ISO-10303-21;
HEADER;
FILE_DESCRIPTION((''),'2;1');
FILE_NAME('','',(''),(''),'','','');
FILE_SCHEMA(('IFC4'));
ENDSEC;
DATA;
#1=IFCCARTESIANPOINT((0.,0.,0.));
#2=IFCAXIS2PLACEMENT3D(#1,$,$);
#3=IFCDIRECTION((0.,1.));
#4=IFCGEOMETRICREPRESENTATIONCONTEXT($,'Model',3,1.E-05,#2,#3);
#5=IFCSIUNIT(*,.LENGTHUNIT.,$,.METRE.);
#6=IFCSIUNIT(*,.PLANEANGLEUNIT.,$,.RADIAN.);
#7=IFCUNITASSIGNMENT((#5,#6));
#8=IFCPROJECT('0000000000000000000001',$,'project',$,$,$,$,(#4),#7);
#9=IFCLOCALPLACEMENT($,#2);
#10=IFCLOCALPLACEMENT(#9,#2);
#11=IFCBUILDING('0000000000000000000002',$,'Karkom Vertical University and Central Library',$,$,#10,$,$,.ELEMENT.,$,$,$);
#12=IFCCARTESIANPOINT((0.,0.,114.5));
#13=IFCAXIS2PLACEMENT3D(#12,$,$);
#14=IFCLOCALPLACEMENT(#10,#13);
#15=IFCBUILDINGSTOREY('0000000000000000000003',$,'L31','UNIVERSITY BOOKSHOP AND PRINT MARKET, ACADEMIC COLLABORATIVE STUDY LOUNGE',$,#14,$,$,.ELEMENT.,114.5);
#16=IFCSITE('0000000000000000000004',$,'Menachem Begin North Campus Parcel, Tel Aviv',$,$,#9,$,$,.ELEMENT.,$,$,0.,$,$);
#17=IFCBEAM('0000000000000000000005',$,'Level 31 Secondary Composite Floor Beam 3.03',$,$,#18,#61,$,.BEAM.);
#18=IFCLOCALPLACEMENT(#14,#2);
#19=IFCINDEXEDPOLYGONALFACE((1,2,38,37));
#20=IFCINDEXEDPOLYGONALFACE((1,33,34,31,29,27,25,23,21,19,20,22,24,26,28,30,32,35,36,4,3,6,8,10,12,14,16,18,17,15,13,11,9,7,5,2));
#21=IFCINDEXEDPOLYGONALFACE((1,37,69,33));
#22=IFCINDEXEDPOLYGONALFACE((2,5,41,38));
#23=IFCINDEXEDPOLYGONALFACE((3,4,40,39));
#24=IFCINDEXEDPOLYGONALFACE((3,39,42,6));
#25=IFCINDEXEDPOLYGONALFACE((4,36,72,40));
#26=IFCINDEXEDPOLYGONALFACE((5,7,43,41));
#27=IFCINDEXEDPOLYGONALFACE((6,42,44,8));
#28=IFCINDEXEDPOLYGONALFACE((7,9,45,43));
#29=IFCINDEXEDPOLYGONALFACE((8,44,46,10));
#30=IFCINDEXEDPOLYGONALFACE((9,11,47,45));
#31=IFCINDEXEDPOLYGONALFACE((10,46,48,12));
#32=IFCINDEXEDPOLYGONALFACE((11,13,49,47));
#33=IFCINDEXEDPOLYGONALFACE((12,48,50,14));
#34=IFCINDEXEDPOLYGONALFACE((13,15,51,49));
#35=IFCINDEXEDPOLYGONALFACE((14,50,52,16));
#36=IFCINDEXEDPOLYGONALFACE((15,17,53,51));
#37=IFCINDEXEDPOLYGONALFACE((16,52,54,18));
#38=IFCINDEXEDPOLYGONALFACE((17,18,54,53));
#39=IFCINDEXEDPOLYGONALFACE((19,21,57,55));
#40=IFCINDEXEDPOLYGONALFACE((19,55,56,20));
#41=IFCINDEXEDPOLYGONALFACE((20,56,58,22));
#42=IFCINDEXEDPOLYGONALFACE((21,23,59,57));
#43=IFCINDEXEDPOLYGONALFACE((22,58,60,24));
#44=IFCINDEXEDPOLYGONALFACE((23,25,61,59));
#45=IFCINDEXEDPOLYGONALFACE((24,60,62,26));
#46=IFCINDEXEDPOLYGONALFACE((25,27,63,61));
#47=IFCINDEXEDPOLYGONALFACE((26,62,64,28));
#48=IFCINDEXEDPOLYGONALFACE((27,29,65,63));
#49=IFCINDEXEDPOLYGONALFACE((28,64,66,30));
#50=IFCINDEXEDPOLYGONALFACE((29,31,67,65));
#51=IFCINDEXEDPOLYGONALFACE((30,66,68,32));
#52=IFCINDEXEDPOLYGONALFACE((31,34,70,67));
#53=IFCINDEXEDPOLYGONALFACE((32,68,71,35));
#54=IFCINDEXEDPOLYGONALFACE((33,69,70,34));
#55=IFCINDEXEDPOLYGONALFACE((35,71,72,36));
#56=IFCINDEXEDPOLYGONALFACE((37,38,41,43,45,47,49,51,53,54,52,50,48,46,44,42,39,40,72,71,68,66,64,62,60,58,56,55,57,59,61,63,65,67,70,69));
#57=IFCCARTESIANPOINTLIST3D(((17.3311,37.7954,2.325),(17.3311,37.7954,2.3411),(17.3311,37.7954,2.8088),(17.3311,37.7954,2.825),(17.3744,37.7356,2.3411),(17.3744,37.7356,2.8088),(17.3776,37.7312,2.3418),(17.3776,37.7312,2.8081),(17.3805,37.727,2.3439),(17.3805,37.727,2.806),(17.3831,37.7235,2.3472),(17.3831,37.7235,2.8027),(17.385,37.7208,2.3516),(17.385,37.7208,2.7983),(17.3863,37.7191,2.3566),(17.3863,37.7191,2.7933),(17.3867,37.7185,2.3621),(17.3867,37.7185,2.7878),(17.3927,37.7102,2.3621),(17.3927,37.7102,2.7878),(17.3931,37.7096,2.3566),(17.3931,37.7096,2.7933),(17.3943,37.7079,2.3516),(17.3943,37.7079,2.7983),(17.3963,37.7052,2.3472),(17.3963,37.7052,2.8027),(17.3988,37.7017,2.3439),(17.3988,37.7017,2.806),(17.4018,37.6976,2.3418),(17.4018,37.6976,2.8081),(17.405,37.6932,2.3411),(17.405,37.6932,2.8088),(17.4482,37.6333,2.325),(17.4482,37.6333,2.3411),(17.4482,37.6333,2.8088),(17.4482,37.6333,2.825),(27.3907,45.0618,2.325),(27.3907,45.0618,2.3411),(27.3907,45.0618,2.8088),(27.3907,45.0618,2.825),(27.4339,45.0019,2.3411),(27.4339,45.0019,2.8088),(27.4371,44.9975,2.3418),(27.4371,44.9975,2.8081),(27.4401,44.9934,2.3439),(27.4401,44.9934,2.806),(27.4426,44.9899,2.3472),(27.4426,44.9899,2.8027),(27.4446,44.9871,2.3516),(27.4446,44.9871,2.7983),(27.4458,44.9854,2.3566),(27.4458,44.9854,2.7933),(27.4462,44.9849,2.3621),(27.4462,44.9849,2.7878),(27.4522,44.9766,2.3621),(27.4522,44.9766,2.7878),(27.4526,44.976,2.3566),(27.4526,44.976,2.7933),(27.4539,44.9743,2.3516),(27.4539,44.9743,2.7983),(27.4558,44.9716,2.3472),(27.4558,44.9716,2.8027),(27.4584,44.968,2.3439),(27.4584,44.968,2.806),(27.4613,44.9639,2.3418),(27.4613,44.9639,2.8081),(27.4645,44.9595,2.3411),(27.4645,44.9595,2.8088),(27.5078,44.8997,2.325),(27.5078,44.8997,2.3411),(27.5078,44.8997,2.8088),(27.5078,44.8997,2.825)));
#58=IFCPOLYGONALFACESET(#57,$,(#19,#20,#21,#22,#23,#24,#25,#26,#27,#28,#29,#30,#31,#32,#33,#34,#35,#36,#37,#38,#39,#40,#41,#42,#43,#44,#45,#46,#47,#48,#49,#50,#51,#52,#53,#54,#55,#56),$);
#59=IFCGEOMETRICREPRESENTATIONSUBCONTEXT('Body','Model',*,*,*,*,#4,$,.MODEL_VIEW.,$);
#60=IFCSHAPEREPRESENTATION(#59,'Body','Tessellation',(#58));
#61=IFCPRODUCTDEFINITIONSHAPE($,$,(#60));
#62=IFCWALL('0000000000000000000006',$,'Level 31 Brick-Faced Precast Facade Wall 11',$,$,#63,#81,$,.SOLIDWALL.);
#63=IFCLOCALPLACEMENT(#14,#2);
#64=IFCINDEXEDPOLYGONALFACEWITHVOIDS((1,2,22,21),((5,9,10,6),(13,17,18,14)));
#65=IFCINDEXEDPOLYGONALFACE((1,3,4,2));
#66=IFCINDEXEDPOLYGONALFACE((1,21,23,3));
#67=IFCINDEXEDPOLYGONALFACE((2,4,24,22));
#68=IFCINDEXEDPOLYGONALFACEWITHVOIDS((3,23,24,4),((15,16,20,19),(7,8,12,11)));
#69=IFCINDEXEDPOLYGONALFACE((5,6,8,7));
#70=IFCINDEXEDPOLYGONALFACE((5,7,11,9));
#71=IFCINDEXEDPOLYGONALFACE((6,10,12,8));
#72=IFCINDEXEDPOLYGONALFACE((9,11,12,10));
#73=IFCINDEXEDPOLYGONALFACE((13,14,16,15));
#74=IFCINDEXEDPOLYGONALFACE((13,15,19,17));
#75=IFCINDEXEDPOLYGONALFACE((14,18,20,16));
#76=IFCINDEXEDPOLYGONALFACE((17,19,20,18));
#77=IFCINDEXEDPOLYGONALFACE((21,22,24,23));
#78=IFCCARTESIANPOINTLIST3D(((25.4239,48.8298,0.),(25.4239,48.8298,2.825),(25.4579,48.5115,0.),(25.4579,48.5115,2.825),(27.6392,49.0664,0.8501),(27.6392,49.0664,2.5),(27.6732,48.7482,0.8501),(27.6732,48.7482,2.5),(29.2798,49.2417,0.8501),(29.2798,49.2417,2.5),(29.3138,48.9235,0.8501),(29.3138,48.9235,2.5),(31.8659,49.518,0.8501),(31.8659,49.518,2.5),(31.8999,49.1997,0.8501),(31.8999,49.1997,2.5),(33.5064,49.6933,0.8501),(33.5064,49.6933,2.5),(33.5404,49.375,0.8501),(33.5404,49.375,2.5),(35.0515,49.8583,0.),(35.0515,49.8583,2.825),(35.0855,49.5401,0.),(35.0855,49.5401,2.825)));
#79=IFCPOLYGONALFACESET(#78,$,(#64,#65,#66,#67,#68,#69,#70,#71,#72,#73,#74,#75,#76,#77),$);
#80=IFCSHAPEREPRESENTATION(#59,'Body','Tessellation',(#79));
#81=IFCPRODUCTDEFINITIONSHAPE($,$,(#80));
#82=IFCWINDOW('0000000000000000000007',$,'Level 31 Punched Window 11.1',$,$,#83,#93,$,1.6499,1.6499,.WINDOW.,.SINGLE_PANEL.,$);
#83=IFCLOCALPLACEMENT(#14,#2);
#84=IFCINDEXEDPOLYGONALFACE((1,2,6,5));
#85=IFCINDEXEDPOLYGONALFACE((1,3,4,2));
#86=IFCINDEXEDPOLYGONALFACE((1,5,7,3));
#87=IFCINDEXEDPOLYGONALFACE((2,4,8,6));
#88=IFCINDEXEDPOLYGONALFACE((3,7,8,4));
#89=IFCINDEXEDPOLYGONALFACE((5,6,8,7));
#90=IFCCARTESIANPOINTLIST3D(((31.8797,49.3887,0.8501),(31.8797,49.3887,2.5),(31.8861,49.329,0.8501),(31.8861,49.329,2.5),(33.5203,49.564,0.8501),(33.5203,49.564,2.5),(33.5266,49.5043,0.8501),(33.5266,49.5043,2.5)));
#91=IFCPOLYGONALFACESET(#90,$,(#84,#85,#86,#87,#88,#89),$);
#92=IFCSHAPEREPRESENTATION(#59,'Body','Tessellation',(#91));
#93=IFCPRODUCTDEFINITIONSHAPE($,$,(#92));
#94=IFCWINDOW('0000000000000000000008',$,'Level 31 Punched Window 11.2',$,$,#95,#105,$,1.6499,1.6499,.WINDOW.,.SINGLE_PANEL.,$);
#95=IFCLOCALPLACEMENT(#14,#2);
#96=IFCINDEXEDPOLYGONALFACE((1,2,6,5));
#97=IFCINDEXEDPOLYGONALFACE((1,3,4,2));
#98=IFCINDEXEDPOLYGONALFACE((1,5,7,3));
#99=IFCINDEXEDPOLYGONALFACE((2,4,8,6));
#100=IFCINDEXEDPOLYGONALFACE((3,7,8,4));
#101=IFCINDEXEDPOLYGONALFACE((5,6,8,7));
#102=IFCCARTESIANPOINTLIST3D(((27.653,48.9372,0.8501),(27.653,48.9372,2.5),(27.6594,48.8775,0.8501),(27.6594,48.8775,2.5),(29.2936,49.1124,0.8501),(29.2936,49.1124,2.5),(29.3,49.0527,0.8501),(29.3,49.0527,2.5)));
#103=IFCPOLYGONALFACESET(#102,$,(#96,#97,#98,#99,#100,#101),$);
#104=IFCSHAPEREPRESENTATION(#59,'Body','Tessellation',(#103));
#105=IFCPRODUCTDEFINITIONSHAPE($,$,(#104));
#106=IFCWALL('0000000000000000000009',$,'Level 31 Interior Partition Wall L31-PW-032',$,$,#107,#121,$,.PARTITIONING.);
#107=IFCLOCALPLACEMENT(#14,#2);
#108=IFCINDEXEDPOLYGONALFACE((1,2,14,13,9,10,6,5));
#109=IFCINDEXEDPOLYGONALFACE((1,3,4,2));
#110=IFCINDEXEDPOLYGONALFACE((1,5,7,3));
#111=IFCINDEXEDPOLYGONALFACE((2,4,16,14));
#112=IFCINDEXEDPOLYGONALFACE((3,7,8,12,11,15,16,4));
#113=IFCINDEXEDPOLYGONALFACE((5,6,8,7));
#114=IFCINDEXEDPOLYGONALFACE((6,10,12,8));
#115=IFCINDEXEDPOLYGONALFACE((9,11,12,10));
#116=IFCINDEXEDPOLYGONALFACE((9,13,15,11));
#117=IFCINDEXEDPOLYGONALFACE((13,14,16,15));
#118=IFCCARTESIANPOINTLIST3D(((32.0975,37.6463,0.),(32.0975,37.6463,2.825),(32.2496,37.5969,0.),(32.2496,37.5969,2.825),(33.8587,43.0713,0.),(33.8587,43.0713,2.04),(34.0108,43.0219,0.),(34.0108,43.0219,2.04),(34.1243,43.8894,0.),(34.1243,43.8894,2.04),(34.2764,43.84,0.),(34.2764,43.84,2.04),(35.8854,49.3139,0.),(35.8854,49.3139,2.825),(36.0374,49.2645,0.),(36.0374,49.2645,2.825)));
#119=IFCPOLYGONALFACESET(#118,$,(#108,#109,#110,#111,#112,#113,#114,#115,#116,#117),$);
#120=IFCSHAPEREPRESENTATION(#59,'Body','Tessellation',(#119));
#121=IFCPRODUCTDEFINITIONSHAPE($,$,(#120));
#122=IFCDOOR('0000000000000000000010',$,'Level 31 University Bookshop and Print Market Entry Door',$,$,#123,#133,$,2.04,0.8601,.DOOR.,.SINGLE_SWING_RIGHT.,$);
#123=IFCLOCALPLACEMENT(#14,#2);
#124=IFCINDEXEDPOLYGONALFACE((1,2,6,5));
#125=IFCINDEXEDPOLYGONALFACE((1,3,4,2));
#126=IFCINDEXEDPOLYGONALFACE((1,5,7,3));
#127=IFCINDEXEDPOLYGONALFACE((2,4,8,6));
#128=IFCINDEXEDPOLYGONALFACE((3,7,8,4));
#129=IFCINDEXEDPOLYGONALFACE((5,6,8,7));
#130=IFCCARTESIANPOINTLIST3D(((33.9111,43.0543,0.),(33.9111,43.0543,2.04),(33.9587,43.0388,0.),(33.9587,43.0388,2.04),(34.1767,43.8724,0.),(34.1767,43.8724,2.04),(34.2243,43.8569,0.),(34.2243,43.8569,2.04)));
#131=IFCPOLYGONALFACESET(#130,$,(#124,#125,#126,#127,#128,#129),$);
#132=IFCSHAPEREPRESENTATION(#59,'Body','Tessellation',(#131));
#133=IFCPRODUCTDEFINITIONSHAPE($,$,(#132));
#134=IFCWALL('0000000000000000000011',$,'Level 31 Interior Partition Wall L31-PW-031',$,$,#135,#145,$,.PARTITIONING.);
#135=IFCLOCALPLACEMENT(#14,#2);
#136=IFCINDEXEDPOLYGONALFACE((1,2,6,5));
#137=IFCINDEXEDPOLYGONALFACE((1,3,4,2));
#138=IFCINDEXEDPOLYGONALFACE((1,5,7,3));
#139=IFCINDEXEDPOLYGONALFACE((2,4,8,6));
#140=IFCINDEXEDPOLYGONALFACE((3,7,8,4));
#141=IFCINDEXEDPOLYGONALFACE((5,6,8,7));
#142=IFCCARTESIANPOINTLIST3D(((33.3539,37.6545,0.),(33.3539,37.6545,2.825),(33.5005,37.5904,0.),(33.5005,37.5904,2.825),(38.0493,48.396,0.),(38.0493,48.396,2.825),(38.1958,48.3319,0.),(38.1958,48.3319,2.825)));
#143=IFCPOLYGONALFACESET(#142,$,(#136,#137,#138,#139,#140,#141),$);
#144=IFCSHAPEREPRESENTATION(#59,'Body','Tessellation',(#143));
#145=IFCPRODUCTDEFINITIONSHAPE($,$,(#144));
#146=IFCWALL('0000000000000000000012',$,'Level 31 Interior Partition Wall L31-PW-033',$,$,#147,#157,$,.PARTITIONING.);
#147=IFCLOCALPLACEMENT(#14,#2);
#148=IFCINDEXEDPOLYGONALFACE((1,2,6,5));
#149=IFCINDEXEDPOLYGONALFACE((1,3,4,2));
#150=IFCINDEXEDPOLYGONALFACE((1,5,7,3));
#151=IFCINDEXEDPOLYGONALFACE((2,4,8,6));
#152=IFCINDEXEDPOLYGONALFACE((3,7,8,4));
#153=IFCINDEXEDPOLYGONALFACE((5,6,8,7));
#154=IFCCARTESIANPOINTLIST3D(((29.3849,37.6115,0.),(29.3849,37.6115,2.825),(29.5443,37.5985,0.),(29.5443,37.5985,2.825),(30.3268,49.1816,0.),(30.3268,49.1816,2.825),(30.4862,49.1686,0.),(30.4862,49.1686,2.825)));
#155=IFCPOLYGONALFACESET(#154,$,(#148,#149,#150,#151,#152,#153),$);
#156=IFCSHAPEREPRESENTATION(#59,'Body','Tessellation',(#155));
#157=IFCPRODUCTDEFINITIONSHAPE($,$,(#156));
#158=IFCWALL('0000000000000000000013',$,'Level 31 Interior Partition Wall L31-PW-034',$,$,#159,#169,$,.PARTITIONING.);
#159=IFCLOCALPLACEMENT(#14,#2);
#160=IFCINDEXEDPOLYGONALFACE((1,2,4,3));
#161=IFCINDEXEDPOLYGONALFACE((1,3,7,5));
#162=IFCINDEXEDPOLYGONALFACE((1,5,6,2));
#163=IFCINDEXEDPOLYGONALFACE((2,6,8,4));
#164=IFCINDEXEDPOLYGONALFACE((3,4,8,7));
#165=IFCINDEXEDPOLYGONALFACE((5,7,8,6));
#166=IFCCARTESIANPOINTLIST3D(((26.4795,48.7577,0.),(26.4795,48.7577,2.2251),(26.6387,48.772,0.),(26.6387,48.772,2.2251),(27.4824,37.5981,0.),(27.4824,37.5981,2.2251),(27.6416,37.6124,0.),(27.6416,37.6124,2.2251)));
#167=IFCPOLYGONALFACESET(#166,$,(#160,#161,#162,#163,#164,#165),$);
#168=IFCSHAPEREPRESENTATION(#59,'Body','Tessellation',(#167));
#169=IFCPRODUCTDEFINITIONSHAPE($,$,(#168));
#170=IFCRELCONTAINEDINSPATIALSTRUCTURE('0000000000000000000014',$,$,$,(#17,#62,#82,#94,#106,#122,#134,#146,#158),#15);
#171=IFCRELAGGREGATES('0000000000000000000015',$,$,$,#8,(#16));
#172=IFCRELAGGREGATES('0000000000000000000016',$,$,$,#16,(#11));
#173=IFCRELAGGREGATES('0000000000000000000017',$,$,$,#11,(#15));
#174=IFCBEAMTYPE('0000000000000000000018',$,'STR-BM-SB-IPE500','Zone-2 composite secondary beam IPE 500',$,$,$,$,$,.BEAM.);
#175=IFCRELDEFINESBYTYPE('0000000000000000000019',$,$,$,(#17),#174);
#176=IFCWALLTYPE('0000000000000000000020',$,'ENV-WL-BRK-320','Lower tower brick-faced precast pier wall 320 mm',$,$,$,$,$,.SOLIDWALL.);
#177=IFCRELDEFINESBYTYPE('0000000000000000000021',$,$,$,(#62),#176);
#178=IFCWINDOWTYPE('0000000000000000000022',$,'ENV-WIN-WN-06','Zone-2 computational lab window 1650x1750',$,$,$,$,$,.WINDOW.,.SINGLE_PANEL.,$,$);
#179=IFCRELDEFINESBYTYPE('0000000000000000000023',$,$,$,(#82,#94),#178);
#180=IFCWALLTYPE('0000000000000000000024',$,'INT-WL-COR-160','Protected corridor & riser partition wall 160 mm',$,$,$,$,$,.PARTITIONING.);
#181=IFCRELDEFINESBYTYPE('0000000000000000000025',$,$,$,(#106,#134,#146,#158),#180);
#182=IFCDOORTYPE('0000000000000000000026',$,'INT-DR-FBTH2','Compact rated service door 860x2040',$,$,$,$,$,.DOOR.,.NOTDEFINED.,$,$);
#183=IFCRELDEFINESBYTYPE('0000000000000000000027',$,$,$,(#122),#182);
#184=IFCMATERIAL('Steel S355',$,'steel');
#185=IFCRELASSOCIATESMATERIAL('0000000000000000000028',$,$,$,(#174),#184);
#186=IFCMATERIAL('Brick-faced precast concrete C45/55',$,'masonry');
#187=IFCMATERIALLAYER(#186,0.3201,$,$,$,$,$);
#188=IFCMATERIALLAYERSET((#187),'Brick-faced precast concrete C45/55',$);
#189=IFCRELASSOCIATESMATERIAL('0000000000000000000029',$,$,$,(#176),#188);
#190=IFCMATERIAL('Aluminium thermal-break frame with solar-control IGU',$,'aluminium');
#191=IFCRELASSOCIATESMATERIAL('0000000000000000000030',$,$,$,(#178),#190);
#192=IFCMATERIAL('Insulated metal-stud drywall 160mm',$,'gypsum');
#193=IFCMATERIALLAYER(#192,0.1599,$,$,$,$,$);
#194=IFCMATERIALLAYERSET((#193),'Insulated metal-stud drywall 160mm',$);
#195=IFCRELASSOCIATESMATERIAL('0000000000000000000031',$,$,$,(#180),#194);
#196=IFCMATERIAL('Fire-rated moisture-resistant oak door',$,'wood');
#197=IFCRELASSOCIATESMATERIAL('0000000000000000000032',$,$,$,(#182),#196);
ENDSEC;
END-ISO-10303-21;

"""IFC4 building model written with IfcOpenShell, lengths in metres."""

from ifc_helpers import new_model, si_unit, direction, frame, frame_2d, origin, origin_with_axes, origin_2d, place, context, subcontext, project, spatial, rectangle, i_section, extrude, source, transform, mapped, material, layer, layer_set, material_profile, profile_set, type_object, element, fill, save


model = new_model("IFC4")

# Units and contexts
model_context = context("Model", 3, precision=1e-05, world=origin(), true_north=direction((0.0, 1.0)))
body_context = subcontext(model_context, "Body", "Model", "MODEL_VIEW")
ifc_project = project(units=[si_unit("LENGTHUNIT", "METRE"), si_unit("PLANEANGLEUNIT", "RADIAN")], contexts=[model_context])

# Site, building, storey
site_placement = place(None, origin())
site = spatial("IfcSite", under=ifc_project, at=site_placement, Name="Menachem Begin North Campus Parcel, Tel Aviv", CompositionType="ELEMENT", RefElevation=0.0)
building_placement = place(site_placement, origin())
building = spatial("IfcBuilding", under=site, at=building_placement, Name="Karkom Vertical University and Central Library", CompositionType="ELEMENT")
storey_placement = place(building_placement, frame((0.0, 0.0, 114.5)))
storey = spatial("IfcBuildingStorey", under=building, at=storey_placement, Name="L31", Description="UNIVERSITY BOOKSHOP AND PRINT MARKET, ACADEMIC COLLABORATIVE STUDY LOUNGE", CompositionType="ELEMENT", Elevation=114.5)

# Beam
ifc_material_1 = material(Name="Steel S355", Category="steel")
ifc_material_profile_1 = material_profile(ifc_material_1, i_section(OverallWidth=0.2, OverallDepth=0.5, WebThickness=0.0103, FlangeThickness=0.0161, FilletRadius=0.021, at=origin_2d()), Name="IPE 500")
ifc_profile_set_1 = profile_set([ifc_material_profile_1], Name="Steel S355")
beam_type_1 = type_object("IfcBeamType", Name="STR-BM-SB-IPE500", Description="Zone-2 composite secondary beam IPE 500", PredefinedType="BEAM", material=ifc_profile_set_1)
shared_shape_1 = source(origin_with_axes(), body_context, "Body", "SweptSolid", [
    extrude(i_section(OverallWidth=0.2, OverallDepth=0.5, WebThickness=0.0103, FlangeThickness=0.0161, FilletRadius=0.021, at=origin_2d()), origin(), (0.0, 0.0, 1.0), 12.4094),
])
beam_1_placement = place(storey_placement, frame((27.4492, 44.9807, 2.575), z_axis=(-0.810637, -0.585549, 0.0), x_axis=(0.585549, -0.810637, 0.0)))
element("IfcBeam", 1, at=beam_1_placement, inside=storey, type_object=beam_type_1, Name="Level 31 Secondary Composite Floor Beam 3.03", PredefinedType="BEAM", context=body_context, shape_type="MappedRepresentation", body=[
    mapped(shared_shape_1, transform((0.0, 0.0, 0.0), scale=1.0)),
])

# Wall, openings, windows
ifc_material_2 = material(Name="Brick-faced precast concrete C45/55", Category="masonry")
ifc_layer_1 = layer(ifc_material_2, 0.3201)
ifc_layer_set_1 = layer_set([ifc_layer_1], Name="Brick-faced precast concrete C45/55")
wall_type_1 = type_object("IfcWallType", Name="ENV-WL-BRK-320", Description="Lower tower brick-faced precast pier wall 320 mm", PredefinedType="SOLIDWALL", material=ifc_layer_set_1)
wall_1_placement = place(storey_placement, frame((35.0686, 49.6992, 0.0), z_axis=(0.0, 0.0, 1.0), x_axis=(-0.994342, -0.10623, 0.0)))
wall_1 = element("IfcWall", 2, at=wall_1_placement, inside=storey, type_object=wall_type_1, Name="Level 31 Brick-Faced Precast Facade Wall 11", PredefinedType="SOLIDWALL", context=body_context, shape_type="SweptSolid", body=[
    extrude(rectangle(XDim=9.6824, YDim=0.3201, at=frame_2d((4.8413, 0.0))), origin(), (0.0, 0.0, 1.0), 2.825),
])
opening_1_placement = place(wall_1_placement, frame((1.554, 0.0, 0.8501)))
opening_1 = element("IfcOpeningElement", 3, at=opening_1_placement, cuts=wall_1, PredefinedType="OPENING", context=body_context, shape_type="SweptSolid", body=[
    extrude(rectangle(XDim=1.6499, YDim=1.6499, at=frame_2d((0.825, 0.825))), frame((0.0, 0.1699, 0.0), z_axis=(0.0, -1.0, 0.0), x_axis=(1.0, 0.0, 0.0)), (0.0, 0.0, 1.0), 0.3401),
])
opening_2_placement = place(wall_1_placement, frame((5.8047, 0.0, 0.8501)))
opening_2 = element("IfcOpeningElement", 4, at=opening_2_placement, cuts=wall_1, PredefinedType="OPENING", context=body_context, shape_type="SweptSolid", body=[
    extrude(rectangle(XDim=1.6499, YDim=1.6499, at=frame_2d((0.825, 0.825))), frame((0.0, 0.1699, 0.0), z_axis=(0.0, -1.0, 0.0), x_axis=(1.0, 0.0, 0.0)), (0.0, 0.0, 1.0), 0.3401),
])
ifc_material_3 = material(Name="Aluminium thermal-break frame with solar-control IGU", Category="aluminium")
window_type = type_object("IfcWindowType", Name="ENV-WIN-WN-06", Description="Zone-2 computational lab window 1650x1750", PartitioningType="SINGLE_PANEL", PredefinedType="WINDOW", material=ifc_material_3)
shared_shape_2 = source(origin_with_axes(), body_context, "Body", "SweptSolid", [
    extrude(rectangle(XDim=1.6499, YDim=1.6499, at=frame_2d((0.825, 0.825))), frame((0.0, 0.03, 0.0), z_axis=(0.0, -1.0, 0.0), x_axis=(1.0, 0.0, 0.0)), (0.0, 0.0, 1.0), 0.0601),
])
window_1_placement = place(opening_1_placement, origin())
window_1 = element("IfcWindow", 5, at=window_1_placement, inside=storey, type_object=window_type, Name="Level 31 Punched Window 11.1", OverallHeight=1.6499, OverallWidth=1.6499, PartitioningType="SINGLE_PANEL", PredefinedType="WINDOW", context=body_context, shape_type="MappedRepresentation", body=[
    mapped(shared_shape_2, transform((0.0, 0.0, 0.0), scale=1.0)),
])
fill(opening_1, window_1)
window_2_placement = place(opening_2_placement, origin())
window_2 = element("IfcWindow", 6, at=window_2_placement, inside=storey, type_object=window_type, Name="Level 31 Punched Window 11.2", OverallHeight=1.6499, OverallWidth=1.6499, PartitioningType="SINGLE_PANEL", PredefinedType="WINDOW", context=body_context, shape_type="MappedRepresentation", body=[
    mapped(shared_shape_2, transform((0.0, 0.0, 0.0), scale=1.0)),
])
fill(opening_2, window_2)

# Wall, opening, door
ifc_material_4 = material(Name="Insulated metal-stud drywall 160mm", Category="gypsum")
ifc_layer_2 = layer(ifc_material_4, 0.1599)
ifc_layer_set_2 = layer_set([ifc_layer_2], Name="Insulated metal-stud drywall 160mm")
wall_type_2 = type_object("IfcWallType", Name="INT-WL-COR-160", Description="Protected corridor & riser partition wall 160 mm", PredefinedType="PARTITIONING", material=ifc_layer_set_2)
wall_2_placement = place(storey_placement, frame((32.1736, 37.6216, 0.0), z_axis=(0.0, 0.0, 1.0), x_axis=(0.308779, 0.951134, 0.0)))
wall_2 = element("IfcWall", 7, at=wall_2_placement, inside=storey, type_object=wall_type_2, Name="Level 31 Interior Partition Wall L31-PW-032", PredefinedType="PARTITIONING", context=body_context, shape_type="SweptSolid", body=[
    extrude(rectangle(XDim=12.2671, YDim=0.1599, at=frame_2d((6.1335, 0.0))), origin(), (0.0, 0.0, 1.0), 2.825),
])
opening_3_placement = place(wall_2_placement, frame((5.7036, 0.0, 0.0)))
opening_3 = element("IfcOpeningElement", 8, at=opening_3_placement, cuts=wall_2, PredefinedType="OPENING", context=body_context, shape_type="SweptSolid", body=[
    extrude(rectangle(XDim=0.8601, YDim=2.04, at=frame_2d((0.4302, 1.02))), frame((0.0, 0.0898, 0.0), z_axis=(0.0, -1.0, 0.0), x_axis=(1.0, 0.0, 0.0)), (0.0, 0.0, 1.0), 0.1799),
])
ifc_material_5 = material(Name="Fire-rated moisture-resistant oak door", Category="wood")
door_type = type_object("IfcDoorType", Name="INT-DR-FBTH2", Description="Compact rated service door 860x2040", OperationType="NOTDEFINED", PredefinedType="DOOR", material=ifc_material_5)
shared_shape_3 = source(origin_with_axes(), body_context, "Body", "SweptSolid", [
    extrude(rectangle(XDim=0.8601, YDim=2.04, at=frame_2d((0.4302, 1.02))), frame((0.0, 0.0249, 0.0), z_axis=(0.0, -1.0, 0.0), x_axis=(1.0, 0.0, 0.0)), (0.0, 0.0, 1.0), 0.05),
])
door_placement = place(opening_3_placement, origin())
door = element("IfcDoor", 9, at=door_placement, inside=storey, type_object=door_type, Name="Level 31 University Bookshop and Print Market Entry Door", OperationType="SINGLE_SWING_RIGHT", OverallHeight=2.04, OverallWidth=0.8601, PredefinedType="DOOR", context=body_context, shape_type="MappedRepresentation", body=[
    mapped(shared_shape_3, transform((0.0, 0.0, 0.0), scale=1.0)),
])
fill(opening_3, door)

# Walls
wall_3_placement = place(storey_placement, frame((33.4272, 37.6226, 0.0), z_axis=(0.0, 0.0, 1.0), x_axis=(0.400527, 0.916285, 0.0)))
element("IfcWall", 10, at=wall_3_placement, inside=storey, type_object=wall_type_2, Name="Level 31 Interior Partition Wall L31-PW-031", PredefinedType="PARTITIONING", context=body_context, shape_type="SweptSolid", body=[
    extrude(rectangle(XDim=11.7229, YDim=0.1599, at=frame_2d((5.8613, 0.0))), origin(), (0.0, 0.0, 1.0), 2.825),
])
wall_4_placement = place(storey_placement, frame((29.4646, 37.605, 0.0), z_axis=(0.0, 0.0, 1.0), x_axis=(0.081139, 0.996703, 0.0)))
element("IfcWall", 11, at=wall_4_placement, inside=storey, type_object=wall_type_2, Name="Level 31 Interior Partition Wall L31-PW-033", PredefinedType="PARTITIONING", context=body_context, shape_type="SweptSolid", body=[
    extrude(rectangle(XDim=11.6084, YDim=0.1599, at=frame_2d((5.8042, 0.0))), origin(), (0.0, 0.0, 1.0), 2.825),
])
wall_5_placement = place(storey_placement, frame((27.562, 37.6052, 0.0), z_axis=(0.0, 0.0, 1.0), x_axis=(-0.08951, 0.995986, 0.0)))
element("IfcWall", 12, at=wall_5_placement, inside=storey, type_object=wall_type_2, Name="Level 31 Interior Partition Wall L31-PW-034", PredefinedType="PARTITIONING", context=body_context, shape_type="SweptSolid", body=[
    extrude(rectangle(XDim=11.2046, YDim=0.1599, at=frame_2d((5.6023, 0.0))), origin(), (0.0, 0.0, 1.0), 2.2251),
])

save(model, "model.ifc")
